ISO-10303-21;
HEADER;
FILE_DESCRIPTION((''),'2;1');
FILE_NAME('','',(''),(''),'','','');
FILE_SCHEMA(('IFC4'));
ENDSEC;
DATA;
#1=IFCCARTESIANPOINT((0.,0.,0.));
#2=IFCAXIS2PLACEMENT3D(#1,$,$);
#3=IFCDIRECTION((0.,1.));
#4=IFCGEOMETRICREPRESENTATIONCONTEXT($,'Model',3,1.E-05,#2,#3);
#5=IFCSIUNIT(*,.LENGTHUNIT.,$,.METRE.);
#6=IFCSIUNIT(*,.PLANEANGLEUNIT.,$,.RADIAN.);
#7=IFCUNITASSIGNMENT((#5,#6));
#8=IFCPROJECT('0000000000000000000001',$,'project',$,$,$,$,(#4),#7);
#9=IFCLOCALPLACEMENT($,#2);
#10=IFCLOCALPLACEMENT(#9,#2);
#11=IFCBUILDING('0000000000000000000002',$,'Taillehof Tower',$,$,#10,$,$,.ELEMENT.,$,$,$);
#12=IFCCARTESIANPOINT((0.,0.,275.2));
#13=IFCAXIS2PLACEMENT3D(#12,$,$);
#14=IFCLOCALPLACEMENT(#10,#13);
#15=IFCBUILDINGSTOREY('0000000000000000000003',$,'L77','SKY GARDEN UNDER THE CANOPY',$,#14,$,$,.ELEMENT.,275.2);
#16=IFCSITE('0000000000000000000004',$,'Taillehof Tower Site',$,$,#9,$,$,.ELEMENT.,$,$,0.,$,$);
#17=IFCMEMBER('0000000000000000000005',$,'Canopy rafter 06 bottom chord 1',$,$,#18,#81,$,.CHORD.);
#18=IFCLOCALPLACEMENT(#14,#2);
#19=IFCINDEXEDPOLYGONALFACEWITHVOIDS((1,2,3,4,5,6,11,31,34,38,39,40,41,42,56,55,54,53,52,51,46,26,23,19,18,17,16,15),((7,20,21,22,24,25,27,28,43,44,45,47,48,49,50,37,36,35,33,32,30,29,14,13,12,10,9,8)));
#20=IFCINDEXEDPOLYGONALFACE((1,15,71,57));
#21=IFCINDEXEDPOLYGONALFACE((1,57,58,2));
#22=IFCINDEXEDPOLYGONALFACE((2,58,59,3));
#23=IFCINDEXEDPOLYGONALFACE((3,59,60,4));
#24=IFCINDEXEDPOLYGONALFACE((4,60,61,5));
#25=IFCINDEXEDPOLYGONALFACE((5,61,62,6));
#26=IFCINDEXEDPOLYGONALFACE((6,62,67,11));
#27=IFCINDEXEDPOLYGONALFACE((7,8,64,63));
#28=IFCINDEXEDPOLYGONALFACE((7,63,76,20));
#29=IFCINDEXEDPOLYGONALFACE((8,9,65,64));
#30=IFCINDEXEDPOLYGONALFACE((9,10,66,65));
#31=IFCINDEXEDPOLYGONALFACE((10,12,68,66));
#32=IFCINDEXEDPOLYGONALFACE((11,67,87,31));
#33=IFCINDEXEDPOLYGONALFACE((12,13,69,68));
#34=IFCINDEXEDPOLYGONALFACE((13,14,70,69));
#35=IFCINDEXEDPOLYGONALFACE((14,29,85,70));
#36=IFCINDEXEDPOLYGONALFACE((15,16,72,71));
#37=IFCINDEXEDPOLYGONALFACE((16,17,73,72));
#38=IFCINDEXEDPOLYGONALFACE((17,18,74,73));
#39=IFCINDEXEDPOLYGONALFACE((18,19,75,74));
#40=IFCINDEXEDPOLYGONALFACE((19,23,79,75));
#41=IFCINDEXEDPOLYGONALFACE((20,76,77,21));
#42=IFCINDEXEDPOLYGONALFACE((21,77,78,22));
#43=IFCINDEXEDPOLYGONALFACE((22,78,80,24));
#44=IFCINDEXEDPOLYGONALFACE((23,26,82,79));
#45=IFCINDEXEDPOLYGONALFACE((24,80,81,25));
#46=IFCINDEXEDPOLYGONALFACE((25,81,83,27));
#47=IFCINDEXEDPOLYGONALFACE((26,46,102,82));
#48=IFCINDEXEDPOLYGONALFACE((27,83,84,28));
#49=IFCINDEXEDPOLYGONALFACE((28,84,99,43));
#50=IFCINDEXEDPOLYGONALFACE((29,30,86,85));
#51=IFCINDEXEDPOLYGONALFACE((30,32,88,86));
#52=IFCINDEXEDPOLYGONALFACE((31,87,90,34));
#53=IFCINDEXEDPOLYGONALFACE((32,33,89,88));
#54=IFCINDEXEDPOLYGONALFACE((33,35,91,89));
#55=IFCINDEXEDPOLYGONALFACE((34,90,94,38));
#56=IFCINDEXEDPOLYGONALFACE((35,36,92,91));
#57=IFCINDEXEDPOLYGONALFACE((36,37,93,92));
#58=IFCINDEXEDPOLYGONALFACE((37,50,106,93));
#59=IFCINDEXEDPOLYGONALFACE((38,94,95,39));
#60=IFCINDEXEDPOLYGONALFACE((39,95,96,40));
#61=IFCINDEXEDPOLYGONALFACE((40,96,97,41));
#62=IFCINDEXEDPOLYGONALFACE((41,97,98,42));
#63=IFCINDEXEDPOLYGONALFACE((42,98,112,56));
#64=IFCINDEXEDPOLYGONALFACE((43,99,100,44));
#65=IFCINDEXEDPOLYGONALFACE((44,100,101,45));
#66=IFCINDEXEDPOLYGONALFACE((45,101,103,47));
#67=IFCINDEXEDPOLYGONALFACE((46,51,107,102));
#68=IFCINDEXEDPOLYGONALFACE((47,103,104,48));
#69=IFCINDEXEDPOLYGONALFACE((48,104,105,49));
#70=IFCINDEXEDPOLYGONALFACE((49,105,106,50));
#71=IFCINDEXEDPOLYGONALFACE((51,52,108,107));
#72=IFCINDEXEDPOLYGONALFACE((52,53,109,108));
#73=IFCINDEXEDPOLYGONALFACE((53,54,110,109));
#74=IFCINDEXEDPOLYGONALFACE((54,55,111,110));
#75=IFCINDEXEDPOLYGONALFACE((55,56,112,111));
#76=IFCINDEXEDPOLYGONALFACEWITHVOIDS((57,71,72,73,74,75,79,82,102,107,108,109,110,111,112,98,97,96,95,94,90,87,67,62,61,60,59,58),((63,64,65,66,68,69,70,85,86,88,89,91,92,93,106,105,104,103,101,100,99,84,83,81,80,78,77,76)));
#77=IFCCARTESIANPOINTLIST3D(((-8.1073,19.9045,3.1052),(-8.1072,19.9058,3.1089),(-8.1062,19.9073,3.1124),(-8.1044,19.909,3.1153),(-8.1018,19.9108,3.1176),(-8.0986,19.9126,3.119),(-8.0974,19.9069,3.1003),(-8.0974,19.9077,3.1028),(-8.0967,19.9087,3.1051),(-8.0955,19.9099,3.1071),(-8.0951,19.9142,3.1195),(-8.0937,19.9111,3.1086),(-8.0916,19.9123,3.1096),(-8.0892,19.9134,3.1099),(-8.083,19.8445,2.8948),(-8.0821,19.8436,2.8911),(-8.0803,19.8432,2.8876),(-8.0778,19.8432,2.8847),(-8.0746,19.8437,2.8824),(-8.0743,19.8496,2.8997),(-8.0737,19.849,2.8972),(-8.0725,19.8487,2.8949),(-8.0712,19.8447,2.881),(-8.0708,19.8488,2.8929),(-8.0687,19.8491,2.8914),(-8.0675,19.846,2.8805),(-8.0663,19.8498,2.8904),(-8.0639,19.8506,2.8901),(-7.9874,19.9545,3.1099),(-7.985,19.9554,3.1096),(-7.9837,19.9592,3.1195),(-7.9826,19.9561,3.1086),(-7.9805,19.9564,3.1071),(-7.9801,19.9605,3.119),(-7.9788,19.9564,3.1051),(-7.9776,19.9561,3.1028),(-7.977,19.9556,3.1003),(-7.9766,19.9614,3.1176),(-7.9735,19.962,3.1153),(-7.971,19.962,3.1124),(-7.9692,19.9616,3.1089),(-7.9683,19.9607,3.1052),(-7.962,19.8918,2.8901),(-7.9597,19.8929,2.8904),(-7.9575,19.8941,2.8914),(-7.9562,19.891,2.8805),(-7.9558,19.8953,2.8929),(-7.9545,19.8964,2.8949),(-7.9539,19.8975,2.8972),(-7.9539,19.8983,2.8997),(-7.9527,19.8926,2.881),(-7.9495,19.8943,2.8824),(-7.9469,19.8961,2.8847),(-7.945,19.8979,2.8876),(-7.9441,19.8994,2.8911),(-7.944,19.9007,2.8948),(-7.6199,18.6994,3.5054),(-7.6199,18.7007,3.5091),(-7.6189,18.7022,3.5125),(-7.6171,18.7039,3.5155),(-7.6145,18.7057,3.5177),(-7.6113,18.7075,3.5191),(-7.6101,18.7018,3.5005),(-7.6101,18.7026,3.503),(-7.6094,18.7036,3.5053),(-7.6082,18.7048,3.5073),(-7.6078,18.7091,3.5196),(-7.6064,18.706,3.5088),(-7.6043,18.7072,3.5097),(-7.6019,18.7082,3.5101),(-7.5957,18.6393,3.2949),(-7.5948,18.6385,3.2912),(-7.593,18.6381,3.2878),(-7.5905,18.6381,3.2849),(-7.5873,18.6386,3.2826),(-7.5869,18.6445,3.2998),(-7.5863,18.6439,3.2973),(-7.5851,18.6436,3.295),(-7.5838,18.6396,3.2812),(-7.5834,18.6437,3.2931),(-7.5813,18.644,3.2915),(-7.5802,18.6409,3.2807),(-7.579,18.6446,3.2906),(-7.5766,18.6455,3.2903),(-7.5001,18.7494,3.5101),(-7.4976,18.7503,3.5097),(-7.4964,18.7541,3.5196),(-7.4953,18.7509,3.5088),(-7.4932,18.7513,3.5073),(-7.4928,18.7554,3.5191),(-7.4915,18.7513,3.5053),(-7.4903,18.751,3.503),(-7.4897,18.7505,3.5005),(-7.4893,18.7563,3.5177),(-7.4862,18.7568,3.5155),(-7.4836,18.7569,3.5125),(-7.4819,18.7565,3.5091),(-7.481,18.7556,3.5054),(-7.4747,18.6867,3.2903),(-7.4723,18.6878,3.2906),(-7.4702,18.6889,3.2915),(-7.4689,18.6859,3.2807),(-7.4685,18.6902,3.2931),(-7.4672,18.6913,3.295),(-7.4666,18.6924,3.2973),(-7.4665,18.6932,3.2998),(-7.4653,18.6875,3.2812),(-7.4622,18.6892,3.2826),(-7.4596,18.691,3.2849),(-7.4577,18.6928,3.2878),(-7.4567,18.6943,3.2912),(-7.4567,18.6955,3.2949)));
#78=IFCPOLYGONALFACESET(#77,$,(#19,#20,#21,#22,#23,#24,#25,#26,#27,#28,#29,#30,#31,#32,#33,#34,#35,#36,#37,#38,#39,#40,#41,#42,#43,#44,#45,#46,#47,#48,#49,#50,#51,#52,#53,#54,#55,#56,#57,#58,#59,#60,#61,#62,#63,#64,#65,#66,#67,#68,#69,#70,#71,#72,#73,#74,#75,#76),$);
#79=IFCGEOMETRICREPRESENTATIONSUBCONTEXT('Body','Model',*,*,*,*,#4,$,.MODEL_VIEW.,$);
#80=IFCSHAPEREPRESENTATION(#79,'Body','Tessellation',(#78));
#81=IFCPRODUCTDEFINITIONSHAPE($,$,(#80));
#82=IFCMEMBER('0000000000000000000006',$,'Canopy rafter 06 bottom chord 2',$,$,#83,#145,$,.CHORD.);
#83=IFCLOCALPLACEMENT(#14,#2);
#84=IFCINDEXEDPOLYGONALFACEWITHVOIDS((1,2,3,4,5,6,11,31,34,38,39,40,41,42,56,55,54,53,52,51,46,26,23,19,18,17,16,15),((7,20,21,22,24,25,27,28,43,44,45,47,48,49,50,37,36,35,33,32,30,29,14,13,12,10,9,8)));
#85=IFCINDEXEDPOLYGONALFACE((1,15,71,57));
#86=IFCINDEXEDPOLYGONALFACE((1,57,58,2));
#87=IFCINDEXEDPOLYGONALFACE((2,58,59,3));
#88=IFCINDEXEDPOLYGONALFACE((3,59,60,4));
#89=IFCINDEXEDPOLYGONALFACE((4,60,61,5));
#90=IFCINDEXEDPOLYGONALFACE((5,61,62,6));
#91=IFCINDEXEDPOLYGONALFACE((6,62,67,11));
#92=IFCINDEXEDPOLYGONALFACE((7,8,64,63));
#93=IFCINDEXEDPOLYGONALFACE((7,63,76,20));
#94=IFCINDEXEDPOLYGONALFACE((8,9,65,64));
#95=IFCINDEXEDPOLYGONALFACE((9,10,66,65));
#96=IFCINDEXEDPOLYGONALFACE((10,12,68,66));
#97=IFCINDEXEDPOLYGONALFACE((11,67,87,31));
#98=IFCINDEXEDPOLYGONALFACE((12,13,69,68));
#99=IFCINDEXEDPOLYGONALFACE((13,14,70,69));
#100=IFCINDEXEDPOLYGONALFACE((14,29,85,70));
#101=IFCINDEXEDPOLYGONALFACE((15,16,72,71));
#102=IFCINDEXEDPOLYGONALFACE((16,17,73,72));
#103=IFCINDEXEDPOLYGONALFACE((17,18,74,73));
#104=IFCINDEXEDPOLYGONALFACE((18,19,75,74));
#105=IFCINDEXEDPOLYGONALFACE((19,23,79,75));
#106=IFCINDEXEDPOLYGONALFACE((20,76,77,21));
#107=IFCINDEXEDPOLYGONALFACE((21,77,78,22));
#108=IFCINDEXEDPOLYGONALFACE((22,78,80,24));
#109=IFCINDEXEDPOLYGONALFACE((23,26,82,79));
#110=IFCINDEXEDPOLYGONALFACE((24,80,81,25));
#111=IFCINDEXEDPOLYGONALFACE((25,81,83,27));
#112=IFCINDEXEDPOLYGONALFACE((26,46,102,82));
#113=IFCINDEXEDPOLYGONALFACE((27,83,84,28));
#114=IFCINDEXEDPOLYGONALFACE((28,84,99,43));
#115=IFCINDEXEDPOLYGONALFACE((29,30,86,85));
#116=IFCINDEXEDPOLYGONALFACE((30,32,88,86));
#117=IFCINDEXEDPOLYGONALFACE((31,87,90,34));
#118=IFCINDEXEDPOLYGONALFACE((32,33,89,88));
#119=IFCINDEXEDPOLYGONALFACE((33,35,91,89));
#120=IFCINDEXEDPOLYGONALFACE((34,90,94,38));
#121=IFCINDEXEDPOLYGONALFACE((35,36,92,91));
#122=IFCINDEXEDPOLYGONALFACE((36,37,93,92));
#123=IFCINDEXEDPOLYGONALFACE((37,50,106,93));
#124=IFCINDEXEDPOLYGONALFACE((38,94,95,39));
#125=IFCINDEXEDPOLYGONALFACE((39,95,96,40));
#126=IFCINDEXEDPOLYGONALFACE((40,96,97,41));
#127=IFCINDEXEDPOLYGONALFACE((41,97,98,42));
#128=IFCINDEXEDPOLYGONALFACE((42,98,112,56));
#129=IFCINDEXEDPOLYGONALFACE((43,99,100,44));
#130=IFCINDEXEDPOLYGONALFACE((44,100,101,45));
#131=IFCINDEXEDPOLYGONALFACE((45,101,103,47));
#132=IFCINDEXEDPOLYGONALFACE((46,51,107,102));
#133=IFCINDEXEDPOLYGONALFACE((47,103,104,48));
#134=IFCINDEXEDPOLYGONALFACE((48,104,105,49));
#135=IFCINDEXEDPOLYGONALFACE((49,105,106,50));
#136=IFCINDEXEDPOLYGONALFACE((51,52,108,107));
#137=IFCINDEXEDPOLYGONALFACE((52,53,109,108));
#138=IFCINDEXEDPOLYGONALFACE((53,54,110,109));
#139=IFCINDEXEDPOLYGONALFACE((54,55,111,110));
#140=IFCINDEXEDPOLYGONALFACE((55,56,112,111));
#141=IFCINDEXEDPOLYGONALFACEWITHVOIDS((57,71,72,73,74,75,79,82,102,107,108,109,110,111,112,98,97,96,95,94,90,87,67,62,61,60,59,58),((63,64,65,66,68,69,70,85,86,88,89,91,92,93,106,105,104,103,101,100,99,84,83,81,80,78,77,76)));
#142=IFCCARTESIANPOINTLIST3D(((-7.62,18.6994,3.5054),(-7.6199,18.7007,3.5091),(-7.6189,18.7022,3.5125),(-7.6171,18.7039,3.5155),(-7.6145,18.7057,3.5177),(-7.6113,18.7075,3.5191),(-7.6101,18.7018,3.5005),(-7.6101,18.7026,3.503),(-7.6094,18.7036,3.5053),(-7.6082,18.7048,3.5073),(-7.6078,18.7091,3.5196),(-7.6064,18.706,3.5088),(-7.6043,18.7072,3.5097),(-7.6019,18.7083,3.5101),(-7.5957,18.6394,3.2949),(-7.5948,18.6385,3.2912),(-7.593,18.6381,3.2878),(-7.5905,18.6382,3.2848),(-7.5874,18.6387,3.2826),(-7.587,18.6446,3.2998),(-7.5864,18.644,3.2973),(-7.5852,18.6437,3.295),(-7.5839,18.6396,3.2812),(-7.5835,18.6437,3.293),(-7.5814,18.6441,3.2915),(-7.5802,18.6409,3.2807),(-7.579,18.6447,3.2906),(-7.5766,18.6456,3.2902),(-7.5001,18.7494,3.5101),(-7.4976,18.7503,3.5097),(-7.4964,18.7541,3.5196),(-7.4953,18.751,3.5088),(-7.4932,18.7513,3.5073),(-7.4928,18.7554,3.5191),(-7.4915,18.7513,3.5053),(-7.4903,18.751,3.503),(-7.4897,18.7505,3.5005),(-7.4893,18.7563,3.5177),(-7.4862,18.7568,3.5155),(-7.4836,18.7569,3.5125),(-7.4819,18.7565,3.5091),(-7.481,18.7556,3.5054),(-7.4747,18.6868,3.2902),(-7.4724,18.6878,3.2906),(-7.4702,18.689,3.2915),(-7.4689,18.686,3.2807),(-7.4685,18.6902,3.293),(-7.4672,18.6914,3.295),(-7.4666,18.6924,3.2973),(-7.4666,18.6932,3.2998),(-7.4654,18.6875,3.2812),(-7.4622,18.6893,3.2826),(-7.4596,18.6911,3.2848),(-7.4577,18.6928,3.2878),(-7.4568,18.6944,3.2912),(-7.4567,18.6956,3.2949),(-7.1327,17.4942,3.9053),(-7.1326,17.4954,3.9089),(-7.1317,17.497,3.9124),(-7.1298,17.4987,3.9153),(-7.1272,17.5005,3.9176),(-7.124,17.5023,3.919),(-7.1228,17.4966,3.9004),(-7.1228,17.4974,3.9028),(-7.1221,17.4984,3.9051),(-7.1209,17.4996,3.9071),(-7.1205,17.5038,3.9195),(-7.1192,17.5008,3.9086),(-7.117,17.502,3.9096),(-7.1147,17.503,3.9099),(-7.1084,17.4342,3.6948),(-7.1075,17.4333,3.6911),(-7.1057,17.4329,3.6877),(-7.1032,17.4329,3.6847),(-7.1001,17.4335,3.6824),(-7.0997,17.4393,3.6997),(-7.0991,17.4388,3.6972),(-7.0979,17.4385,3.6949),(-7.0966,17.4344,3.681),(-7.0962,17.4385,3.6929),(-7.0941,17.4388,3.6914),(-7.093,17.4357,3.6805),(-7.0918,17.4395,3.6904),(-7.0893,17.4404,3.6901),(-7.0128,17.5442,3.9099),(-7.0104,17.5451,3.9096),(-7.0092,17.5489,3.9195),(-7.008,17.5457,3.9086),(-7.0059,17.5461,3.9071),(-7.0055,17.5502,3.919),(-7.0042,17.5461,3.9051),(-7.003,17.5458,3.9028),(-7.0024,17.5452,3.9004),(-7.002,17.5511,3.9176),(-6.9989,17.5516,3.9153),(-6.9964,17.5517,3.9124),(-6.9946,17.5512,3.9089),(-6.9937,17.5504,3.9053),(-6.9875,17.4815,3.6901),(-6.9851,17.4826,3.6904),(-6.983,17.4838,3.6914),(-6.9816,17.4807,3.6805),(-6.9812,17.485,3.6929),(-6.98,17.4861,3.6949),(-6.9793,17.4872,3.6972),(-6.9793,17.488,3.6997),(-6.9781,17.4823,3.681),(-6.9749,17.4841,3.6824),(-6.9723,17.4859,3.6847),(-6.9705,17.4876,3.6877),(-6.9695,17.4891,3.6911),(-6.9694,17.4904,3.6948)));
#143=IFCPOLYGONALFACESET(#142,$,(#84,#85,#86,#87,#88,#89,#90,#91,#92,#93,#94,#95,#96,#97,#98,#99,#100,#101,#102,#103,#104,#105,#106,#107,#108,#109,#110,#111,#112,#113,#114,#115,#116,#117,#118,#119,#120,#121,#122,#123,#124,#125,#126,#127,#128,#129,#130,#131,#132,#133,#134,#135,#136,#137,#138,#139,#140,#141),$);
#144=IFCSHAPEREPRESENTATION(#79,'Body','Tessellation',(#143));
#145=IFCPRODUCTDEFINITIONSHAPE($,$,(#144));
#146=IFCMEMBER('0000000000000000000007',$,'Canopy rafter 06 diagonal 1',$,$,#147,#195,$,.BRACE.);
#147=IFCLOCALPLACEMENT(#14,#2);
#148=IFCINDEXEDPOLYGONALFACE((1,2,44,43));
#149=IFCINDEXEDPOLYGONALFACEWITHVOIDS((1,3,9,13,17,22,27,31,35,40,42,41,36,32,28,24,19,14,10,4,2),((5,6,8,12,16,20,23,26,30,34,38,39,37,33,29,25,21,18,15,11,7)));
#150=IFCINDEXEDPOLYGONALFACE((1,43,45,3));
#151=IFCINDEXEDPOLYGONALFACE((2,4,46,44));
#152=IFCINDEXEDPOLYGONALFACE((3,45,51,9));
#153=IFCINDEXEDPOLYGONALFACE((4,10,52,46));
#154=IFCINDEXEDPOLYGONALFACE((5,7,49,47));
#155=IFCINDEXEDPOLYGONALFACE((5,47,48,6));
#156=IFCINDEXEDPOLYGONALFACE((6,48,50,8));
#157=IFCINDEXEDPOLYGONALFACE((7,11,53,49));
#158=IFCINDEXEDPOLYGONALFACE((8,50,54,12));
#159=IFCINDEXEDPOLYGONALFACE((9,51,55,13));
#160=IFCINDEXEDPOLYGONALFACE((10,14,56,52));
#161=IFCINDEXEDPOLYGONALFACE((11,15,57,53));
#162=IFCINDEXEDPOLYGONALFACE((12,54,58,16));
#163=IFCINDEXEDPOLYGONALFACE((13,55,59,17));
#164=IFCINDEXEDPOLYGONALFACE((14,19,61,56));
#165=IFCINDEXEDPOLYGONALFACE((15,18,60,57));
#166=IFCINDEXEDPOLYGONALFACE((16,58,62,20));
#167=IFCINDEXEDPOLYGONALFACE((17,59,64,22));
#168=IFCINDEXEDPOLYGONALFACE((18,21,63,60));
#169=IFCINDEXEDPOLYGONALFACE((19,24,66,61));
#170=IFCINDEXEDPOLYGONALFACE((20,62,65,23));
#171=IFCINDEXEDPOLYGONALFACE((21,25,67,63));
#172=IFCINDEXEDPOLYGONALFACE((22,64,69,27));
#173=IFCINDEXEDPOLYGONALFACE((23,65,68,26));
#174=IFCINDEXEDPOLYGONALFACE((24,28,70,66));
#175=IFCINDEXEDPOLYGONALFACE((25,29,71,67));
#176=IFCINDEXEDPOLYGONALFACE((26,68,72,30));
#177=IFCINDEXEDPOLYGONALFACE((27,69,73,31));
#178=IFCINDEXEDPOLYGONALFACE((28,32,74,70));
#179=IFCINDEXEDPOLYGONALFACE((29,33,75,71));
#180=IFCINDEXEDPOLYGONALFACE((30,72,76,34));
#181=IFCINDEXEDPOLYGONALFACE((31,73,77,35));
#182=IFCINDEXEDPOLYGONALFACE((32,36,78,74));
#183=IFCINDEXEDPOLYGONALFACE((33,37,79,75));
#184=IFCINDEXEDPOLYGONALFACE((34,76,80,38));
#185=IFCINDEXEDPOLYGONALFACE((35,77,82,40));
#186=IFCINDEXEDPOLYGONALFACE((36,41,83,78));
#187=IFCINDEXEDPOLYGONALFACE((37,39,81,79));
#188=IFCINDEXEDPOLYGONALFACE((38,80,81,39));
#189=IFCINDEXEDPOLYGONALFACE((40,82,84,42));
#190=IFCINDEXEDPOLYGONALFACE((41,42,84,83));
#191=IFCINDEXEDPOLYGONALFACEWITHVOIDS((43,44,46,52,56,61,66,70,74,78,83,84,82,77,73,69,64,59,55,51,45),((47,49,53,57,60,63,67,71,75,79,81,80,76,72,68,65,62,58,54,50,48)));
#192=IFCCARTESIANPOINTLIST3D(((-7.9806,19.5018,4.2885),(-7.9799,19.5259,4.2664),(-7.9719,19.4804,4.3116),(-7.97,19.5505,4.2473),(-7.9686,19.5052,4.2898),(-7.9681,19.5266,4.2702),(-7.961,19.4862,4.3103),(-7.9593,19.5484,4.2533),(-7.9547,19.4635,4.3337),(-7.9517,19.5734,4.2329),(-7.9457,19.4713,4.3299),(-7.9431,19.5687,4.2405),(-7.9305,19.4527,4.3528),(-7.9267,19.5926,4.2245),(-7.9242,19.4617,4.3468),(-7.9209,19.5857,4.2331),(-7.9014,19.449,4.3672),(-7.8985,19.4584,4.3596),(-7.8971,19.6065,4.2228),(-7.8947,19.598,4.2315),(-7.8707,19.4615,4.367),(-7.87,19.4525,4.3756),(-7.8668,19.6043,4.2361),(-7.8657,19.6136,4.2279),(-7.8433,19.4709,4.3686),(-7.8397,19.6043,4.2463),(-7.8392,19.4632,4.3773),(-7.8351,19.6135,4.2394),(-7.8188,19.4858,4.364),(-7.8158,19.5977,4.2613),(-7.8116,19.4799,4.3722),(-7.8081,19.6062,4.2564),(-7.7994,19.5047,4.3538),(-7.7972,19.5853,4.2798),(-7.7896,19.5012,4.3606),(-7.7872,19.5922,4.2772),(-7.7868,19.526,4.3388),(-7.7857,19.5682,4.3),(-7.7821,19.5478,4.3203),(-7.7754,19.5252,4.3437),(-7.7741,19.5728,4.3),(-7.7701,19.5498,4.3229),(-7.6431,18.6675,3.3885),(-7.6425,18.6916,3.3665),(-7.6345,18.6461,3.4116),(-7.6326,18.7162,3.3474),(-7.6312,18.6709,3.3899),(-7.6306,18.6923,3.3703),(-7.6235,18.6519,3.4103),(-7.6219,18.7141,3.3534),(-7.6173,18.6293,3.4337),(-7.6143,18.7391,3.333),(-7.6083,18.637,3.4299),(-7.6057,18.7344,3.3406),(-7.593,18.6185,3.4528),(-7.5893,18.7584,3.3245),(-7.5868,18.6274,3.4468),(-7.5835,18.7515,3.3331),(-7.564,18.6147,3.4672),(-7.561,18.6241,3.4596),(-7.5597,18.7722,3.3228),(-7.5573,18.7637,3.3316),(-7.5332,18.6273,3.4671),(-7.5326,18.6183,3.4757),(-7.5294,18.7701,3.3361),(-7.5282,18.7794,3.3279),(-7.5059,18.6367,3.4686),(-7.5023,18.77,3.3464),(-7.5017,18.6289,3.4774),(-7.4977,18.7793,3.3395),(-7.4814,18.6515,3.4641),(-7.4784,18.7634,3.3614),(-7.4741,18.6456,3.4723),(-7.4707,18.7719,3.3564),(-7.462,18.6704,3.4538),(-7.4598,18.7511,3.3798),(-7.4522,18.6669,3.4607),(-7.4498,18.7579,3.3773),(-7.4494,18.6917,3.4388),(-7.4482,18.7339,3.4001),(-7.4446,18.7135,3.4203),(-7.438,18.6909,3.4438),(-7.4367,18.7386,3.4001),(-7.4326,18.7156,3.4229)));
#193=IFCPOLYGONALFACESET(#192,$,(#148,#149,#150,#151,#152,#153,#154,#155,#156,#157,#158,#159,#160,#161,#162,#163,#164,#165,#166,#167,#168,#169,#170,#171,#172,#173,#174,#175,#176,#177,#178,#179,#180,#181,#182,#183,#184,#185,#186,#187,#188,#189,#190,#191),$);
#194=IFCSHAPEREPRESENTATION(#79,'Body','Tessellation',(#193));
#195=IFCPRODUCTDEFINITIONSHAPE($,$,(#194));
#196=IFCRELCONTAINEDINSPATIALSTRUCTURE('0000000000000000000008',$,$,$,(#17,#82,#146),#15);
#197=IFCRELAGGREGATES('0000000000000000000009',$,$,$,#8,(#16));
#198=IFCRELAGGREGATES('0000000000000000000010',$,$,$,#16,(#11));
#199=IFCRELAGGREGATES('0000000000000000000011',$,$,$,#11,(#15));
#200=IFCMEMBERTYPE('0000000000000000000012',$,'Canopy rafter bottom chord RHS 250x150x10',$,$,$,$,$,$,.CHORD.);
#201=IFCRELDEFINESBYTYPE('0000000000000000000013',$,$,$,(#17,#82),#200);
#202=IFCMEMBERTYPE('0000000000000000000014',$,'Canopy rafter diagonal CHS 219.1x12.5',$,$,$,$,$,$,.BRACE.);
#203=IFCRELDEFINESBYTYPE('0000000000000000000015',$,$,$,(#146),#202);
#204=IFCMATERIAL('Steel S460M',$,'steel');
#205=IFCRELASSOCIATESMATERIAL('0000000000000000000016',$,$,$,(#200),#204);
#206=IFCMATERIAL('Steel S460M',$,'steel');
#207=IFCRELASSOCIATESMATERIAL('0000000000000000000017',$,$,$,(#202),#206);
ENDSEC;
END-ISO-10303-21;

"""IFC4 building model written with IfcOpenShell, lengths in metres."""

from ifc_helpers import new_model, si_unit, direction, frame, origin, origin_2d, place, context, subcontext, project, spatial, hollow_rectangle, hollow_circle, extrude, material, material_profile, profile_set, type_object, element, save


model = new_model("IFC4")

# Units and contexts
model_context = context("Model", 3, precision=1e-05, world=origin(), true_north=direction((0.0, 1.0)))
body_context = subcontext(model_context, "Body", "Model", "MODEL_VIEW")
ifc_project = project(units=[si_unit("LENGTHUNIT", "METRE"), si_unit("PLANEANGLEUNIT", "RADIAN")], contexts=[model_context])

# Site, building, storey
site_placement = place(None, origin())
site = spatial("IfcSite", under=ifc_project, at=site_placement, Name="Taillehof Tower Site", CompositionType="ELEMENT", RefElevation=0.0)
building_placement = place(site_placement, origin())
building = spatial("IfcBuilding", under=site, at=building_placement, Name="Taillehof Tower", CompositionType="ELEMENT")
storey_placement = place(building_placement, frame((0.0, 0.0, 275.2)))
storey = spatial("IfcBuildingStorey", under=building, at=storey_placement, Name="L77", Description="SKY GARDEN UNDER THE CANOPY", CompositionType="ELEMENT", Elevation=275.2)

# Members
ifc_material_1 = material(Name="Steel S460M", Category="steel")
ifc_material_profile_1 = material_profile(ifc_material_1, hollow_rectangle(XDim=0.1499, YDim=0.25, WallThickness=0.01, InnerFilletRadius=0.01, OuterFilletRadius=0.0149, at=origin_2d()), Name="RHS 250x150x10")
ifc_profile_set_1 = profile_set([ifc_material_profile_1], Name="Steel S460M")
member_type_1 = type_object("IfcMemberType", Name="Canopy rafter bottom chord RHS 250x150x10", PredefinedType="CHORD", material=ifc_profile_set_1)
for number, where, z_axis, x_axis, name in (
    (1, (-8.0256, 19.9026, 3.0), (0.358293, -0.88604, 0.29421), (0.927071, 0.374885, 0.0), "Canopy rafter 06 bottom chord 1"),
    (2, (-7.5383, 18.6975, 3.4001), (0.358255, -0.886125, 0.293999), (0.927098, 0.37482, 0.0), "Canopy rafter 06 bottom chord 2"),
):
    element("IfcMember", number, at=place(storey_placement, frame(where, z_axis=z_axis, x_axis=x_axis)), inside=storey, type_object=member_type_1, Name=name, PredefinedType="CHORD", context=body_context, shape_type="SweptSolid", body=[
        extrude(hollow_rectangle(XDim=0.1499, YDim=0.25, WallThickness=0.01, InnerFilletRadius=0.01, OuterFilletRadius=0.0149, at=origin_2d()), origin(), (0.0, 0.0, 1.0), 1.3601),
    ])
ifc_material_2 = material(Name="Steel S460M", Category="steel")
ifc_material_profile_2 = material_profile(ifc_material_2, hollow_circle(Radius=0.1096, WallThickness=0.0125, at=origin_2d()), Name="CHS 219.1x12.5")
ifc_profile_set_2 = profile_set([ifc_material_profile_2], Name="Steel S460M")
member_type_2 = type_object("IfcMemberType", Name="Canopy rafter diagonal CHS 219.1x12.5", PredefinedType="BRACE", material=ifc_profile_set_2)
member_1_placement = place(storey_placement, frame((-7.8757, 19.5317, 4.3), z_axis=(0.265121, -0.655512, -0.707117), x_axis=(0.927048, 0.374943, 0.0)))
element("IfcMember", 3, at=member_1_placement, inside=storey, type_object=member_type_2, Name="Canopy rafter 06 diagonal 1", PredefinedType="BRACE", context=body_context, shape_type="SweptSolid", body=[
    extrude(hollow_circle(Radius=0.1096, WallThickness=0.0125, at=origin_2d()), origin(), (0.0, 0.0, 1.0), 1.2727),
])

save(model, "model.ifc")
